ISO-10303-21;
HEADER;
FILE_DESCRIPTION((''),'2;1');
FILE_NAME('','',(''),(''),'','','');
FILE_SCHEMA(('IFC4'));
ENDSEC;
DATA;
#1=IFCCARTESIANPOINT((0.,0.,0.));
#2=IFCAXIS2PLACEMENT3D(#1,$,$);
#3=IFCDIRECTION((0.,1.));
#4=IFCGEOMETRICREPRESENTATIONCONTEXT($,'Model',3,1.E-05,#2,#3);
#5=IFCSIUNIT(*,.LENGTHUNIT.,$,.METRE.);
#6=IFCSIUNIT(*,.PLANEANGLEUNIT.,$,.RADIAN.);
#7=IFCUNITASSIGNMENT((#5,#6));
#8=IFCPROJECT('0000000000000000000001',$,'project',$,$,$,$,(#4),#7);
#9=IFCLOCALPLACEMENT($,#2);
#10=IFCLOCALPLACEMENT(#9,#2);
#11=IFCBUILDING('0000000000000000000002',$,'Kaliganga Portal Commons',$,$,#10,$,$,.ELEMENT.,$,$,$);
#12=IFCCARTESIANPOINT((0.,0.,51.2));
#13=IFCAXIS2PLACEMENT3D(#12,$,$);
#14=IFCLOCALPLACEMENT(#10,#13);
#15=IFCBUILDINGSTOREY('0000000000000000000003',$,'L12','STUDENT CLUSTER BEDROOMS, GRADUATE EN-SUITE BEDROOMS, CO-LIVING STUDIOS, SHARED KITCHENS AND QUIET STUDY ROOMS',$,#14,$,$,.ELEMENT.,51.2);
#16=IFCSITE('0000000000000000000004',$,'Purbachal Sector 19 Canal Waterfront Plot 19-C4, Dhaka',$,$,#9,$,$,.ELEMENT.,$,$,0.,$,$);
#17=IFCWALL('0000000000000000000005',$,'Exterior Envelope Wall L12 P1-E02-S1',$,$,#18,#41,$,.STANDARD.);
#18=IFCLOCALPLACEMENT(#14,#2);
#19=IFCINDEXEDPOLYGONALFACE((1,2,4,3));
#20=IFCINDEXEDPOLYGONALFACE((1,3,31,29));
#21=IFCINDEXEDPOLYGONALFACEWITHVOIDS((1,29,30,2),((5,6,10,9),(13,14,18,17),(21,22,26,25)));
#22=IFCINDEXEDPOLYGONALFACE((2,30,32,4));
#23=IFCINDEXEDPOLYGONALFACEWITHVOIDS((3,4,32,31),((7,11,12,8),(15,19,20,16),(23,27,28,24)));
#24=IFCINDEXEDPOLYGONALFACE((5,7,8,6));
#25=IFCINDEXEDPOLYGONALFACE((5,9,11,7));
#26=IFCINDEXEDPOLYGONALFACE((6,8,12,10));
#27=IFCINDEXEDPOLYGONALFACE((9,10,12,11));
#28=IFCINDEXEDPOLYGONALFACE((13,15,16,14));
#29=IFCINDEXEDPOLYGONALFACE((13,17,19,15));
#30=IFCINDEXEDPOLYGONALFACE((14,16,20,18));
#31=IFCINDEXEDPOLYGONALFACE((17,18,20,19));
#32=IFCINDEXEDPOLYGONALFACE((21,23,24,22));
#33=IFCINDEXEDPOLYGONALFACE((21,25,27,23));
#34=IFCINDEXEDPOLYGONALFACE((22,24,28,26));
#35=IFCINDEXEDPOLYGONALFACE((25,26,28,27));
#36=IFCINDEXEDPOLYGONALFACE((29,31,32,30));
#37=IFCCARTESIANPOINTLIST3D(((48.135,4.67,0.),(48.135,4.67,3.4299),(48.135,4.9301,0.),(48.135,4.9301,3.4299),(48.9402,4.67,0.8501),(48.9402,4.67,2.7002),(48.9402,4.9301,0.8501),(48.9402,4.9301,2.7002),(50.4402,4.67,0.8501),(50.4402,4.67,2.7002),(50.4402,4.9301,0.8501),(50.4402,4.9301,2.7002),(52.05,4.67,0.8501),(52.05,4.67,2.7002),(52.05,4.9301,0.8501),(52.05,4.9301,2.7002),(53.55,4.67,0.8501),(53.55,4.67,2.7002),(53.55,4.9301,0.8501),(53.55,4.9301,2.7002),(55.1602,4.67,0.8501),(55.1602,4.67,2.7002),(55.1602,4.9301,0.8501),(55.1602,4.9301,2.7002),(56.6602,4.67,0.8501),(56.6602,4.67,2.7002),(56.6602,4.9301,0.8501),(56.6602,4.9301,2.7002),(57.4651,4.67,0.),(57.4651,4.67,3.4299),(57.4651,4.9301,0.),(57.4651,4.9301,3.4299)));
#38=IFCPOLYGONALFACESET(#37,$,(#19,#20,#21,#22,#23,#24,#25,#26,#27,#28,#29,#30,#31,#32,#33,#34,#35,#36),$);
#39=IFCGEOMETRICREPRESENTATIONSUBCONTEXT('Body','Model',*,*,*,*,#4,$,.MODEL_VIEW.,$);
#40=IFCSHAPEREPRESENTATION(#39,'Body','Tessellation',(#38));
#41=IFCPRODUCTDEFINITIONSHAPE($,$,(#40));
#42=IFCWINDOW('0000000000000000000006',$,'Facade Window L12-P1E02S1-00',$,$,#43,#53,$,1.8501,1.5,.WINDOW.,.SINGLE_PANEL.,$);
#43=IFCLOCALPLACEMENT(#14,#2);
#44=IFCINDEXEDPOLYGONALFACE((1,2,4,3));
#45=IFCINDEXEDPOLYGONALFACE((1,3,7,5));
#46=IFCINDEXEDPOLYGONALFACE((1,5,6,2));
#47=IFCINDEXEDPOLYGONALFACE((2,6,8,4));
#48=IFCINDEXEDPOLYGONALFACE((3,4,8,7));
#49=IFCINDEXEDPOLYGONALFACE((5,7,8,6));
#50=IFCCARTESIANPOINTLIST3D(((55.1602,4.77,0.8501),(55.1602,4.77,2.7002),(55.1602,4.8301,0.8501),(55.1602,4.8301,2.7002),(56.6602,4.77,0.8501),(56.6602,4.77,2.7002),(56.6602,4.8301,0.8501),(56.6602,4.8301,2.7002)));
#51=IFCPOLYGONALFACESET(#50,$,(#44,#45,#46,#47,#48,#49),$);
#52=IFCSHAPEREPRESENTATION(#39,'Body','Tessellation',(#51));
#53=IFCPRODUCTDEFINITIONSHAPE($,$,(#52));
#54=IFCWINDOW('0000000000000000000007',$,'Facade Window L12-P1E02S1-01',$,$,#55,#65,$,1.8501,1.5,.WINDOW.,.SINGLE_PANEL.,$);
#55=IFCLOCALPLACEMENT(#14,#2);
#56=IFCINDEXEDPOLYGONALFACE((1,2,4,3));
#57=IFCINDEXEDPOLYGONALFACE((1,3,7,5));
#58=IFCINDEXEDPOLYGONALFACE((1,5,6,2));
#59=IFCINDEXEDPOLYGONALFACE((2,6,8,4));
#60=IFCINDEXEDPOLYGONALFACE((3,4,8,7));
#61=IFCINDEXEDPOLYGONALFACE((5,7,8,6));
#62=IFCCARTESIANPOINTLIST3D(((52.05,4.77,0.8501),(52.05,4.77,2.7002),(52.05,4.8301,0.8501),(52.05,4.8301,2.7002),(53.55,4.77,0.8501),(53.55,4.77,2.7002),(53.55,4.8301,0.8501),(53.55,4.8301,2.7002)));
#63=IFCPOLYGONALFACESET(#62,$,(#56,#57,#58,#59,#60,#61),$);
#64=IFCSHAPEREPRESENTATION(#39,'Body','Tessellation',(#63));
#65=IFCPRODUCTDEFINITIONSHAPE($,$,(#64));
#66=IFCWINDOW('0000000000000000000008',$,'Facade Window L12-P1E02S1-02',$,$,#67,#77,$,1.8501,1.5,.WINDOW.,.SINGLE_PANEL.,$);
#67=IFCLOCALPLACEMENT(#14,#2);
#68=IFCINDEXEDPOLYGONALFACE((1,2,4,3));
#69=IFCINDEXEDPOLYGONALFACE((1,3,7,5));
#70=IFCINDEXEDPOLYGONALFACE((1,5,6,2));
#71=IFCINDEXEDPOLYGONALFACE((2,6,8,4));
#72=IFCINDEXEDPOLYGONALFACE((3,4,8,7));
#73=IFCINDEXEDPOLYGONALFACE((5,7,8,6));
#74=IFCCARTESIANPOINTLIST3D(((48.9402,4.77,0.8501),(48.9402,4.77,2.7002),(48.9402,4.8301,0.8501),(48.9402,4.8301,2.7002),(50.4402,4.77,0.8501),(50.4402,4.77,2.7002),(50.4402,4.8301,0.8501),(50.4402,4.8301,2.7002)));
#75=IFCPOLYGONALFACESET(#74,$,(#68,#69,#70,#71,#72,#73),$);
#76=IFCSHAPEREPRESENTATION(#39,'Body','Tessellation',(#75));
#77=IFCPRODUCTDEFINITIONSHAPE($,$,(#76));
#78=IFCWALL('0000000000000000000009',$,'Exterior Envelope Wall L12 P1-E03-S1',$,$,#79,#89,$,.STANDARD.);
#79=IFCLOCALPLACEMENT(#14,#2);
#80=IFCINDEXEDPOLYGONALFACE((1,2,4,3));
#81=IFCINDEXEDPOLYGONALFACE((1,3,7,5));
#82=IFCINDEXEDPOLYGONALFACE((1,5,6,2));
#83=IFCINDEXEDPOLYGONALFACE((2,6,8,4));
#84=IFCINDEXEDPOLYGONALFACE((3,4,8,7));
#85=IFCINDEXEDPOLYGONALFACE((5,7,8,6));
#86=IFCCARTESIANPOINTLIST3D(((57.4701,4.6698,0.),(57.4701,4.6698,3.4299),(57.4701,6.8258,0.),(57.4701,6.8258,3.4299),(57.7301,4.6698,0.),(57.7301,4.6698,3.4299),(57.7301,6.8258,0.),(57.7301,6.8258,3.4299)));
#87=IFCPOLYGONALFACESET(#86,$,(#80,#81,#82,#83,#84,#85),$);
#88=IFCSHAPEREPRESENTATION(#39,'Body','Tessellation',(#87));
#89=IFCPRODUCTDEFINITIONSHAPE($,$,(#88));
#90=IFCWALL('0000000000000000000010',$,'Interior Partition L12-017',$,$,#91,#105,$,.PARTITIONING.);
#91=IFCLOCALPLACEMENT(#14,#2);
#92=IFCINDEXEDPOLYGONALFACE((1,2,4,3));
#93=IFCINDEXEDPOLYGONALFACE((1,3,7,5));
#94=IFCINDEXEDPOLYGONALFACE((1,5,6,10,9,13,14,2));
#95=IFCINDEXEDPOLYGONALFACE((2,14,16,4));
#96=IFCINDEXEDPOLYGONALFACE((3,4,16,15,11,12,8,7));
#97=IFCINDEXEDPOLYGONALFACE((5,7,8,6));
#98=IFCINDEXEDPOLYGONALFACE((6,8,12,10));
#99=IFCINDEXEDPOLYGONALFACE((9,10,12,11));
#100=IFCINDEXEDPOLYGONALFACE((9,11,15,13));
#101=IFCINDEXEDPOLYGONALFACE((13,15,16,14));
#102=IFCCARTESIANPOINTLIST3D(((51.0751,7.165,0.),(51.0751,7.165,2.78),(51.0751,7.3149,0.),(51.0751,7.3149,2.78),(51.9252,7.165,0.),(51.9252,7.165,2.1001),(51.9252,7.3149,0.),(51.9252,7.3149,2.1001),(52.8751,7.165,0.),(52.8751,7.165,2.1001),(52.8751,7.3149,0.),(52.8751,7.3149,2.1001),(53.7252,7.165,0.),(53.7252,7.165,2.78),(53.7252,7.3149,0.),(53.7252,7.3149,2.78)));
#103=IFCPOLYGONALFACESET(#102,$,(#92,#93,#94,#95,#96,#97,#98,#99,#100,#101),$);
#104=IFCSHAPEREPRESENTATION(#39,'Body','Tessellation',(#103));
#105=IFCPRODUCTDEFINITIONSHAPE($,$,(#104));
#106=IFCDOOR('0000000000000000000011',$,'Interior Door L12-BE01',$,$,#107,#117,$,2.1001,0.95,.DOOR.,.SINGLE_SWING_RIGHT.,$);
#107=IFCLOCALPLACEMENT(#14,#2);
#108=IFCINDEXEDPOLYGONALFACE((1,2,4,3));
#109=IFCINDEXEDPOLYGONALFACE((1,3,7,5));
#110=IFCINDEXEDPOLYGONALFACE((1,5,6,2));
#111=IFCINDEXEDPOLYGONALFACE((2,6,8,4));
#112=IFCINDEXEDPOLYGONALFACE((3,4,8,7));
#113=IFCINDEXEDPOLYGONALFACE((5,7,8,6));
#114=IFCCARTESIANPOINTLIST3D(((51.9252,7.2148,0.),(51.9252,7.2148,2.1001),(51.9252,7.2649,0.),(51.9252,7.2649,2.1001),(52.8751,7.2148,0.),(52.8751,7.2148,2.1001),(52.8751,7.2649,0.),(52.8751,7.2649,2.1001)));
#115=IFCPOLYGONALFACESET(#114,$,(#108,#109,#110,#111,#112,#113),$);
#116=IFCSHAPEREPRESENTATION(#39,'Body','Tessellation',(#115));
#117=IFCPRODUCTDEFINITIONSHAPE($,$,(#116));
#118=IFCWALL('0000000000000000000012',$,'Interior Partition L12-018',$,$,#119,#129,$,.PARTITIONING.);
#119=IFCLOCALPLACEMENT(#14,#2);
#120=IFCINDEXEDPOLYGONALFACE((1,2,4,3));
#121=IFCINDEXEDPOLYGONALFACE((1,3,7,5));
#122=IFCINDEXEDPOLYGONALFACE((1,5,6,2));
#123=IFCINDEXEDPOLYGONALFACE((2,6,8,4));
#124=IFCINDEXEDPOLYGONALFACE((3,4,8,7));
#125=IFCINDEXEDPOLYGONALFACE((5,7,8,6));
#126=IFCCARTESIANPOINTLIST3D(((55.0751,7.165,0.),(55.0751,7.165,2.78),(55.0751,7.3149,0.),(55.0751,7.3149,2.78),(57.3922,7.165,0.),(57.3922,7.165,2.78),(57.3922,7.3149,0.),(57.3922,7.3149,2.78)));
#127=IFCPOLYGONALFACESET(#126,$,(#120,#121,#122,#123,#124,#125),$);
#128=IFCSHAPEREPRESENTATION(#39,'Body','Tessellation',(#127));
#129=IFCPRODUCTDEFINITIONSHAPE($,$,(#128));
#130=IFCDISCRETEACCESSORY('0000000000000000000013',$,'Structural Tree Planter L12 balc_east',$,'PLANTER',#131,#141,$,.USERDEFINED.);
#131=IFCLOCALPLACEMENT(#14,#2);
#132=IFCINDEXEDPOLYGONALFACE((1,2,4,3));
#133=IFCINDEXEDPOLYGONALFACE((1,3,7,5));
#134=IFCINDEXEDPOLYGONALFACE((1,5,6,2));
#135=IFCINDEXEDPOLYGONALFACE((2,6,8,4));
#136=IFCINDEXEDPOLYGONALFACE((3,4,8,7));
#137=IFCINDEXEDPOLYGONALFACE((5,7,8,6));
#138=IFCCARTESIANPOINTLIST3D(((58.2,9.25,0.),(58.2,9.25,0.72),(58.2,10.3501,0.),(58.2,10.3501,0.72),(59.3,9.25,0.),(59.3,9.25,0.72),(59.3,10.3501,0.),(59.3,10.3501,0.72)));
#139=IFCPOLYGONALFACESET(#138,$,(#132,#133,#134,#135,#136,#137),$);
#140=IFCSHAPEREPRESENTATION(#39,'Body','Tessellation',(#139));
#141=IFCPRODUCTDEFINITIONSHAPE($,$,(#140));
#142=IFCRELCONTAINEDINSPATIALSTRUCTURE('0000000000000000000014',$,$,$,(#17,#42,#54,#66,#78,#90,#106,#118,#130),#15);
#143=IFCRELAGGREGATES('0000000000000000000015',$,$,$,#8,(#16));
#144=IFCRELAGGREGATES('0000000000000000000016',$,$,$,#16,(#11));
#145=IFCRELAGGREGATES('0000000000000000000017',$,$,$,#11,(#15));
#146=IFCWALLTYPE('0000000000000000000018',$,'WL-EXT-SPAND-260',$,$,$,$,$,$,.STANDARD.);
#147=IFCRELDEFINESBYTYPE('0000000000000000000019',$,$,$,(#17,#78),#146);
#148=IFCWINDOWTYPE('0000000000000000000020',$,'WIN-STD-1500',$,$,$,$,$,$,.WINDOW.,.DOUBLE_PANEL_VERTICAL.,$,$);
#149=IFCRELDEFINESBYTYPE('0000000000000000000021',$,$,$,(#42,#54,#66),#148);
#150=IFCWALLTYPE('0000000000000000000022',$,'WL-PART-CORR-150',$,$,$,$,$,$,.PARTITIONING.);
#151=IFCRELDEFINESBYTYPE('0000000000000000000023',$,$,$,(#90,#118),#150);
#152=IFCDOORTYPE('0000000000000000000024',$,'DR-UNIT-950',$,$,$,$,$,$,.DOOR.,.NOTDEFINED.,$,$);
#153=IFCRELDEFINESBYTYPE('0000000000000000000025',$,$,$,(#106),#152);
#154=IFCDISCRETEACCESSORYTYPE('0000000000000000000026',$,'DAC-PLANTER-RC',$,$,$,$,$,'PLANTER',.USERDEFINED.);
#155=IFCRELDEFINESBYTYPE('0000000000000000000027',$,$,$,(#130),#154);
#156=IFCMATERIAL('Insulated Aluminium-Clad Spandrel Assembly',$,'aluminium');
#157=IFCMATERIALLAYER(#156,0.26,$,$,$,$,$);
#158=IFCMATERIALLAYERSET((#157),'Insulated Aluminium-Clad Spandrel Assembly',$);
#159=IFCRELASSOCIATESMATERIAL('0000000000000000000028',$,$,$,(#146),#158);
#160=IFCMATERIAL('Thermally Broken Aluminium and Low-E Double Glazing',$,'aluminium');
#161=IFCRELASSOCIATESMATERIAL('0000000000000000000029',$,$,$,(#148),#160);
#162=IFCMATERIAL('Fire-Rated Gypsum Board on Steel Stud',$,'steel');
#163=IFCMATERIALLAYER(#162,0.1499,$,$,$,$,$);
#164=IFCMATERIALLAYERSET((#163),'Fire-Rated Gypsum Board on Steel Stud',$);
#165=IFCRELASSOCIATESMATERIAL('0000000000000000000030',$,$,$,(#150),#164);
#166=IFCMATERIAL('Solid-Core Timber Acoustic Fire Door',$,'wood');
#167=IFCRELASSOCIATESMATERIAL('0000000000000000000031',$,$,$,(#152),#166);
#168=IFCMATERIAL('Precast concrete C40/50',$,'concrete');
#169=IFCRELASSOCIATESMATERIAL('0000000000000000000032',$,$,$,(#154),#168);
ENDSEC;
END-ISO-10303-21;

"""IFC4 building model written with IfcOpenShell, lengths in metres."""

from ifc_helpers import new_model, si_unit, direction, frame, frame_2d, origin, origin_2d, place, context, subcontext, project, spatial, rectangle, extrude, source, transform, mapped, material, layer, layer_set, type_object, element, fill, save


model = new_model("IFC4")

# Units and contexts
model_context = context("Model", 3, precision=1e-05, world=origin(), true_north=direction((0.0, 1.0)))
body_context = subcontext(model_context, "Body", "Model", "MODEL_VIEW")
ifc_project = project(units=[si_unit("LENGTHUNIT", "METRE"), si_unit("PLANEANGLEUNIT", "RADIAN")], contexts=[model_context])

# Site, building, storey
site_placement = place(None, origin())
site = spatial("IfcSite", under=ifc_project, at=site_placement, Name="Purbachal Sector 19 Canal Waterfront Plot 19-C4, Dhaka", CompositionType="ELEMENT", RefElevation=0.0)
building_placement = place(site_placement, origin())
building = spatial("IfcBuilding", under=site, at=building_placement, Name="Kaliganga Portal Commons", CompositionType="ELEMENT")
storey_placement = place(building_placement, frame((0.0, 0.0, 51.2)))
storey = spatial("IfcBuildingStorey", under=building, at=storey_placement, Name="L12", Description="STUDENT CLUSTER BEDROOMS, GRADUATE EN-SUITE BEDROOMS, CO-LIVING STUDIOS, SHARED KITCHENS AND QUIET STUDY ROOMS", CompositionType="ELEMENT", Elevation=51.2)

# Wall, openings, windows
ifc_material_1 = material(Name="Insulated Aluminium-Clad Spandrel Assembly", Category="aluminium")
ifc_layer_1 = layer(ifc_material_1, 0.26)
ifc_layer_set_1 = layer_set([ifc_layer_1], Name="Insulated Aluminium-Clad Spandrel Assembly")
wall_type_1 = type_object("IfcWallType", Name="WL-EXT-SPAND-260", PredefinedType="STANDARD", material=ifc_layer_set_1)
wall_1_placement = place(storey_placement, frame((57.4651, 4.8, 0.0), z_axis=(0.0, 0.0, 1.0), x_axis=(-1.0, 0.0, 0.0)))
wall_1 = element("IfcWall", 1, at=wall_1_placement, inside=storey, type_object=wall_type_1, Name="Exterior Envelope Wall L12 P1-E02-S1", PredefinedType="STANDARD", context=body_context, shape_type="SweptSolid", body=[
    extrude(rectangle(XDim=9.3301, YDim=0.26, at=frame_2d((4.665, 0.0))), origin(), (0.0, 0.0, 1.0), 3.4299),
])
opening_1_placement = place(wall_1_placement, frame((0.8049, 0.0, 0.8501)))
opening_1 = element("IfcOpeningElement", 2, at=opening_1_placement, cuts=wall_1, PredefinedType="OPENING", context=body_context, shape_type="SweptSolid", body=[
    extrude(rectangle(XDim=1.5, YDim=1.8501, at=frame_2d((0.75, 0.925))), frame((0.0, 0.1401, 0.0), z_axis=(0.0, -1.0, 0.0), x_axis=(1.0, 0.0, 0.0)), (0.0, 0.0, 1.0), 0.28),
])
opening_2_placement = place(wall_1_placement, frame((3.915, 0.0, 0.8501)))
opening_2 = element("IfcOpeningElement", 3, at=opening_2_placement, cuts=wall_1, PredefinedType="OPENING", context=body_context, shape_type="SweptSolid", body=[
    extrude(rectangle(XDim=1.5, YDim=1.8501, at=frame_2d((0.75, 0.925))), frame((0.0, 0.1401, 0.0), z_axis=(0.0, -1.0, 0.0), x_axis=(1.0, 0.0, 0.0)), (0.0, 0.0, 1.0), 0.28),
])
opening_3_placement = place(wall_1_placement, frame((7.0249, 0.0, 0.8501)))
opening_3 = element("IfcOpeningElement", 4, at=opening_3_placement, cuts=wall_1, PredefinedType="OPENING", context=body_context, shape_type="SweptSolid", body=[
    extrude(rectangle(XDim=1.5, YDim=1.8501, at=frame_2d((0.75, 0.925))), frame((0.0, 0.1401, 0.0), z_axis=(0.0, -1.0, 0.0), x_axis=(1.0, 0.0, 0.0)), (0.0, 0.0, 1.0), 0.28),
])
ifc_material_2 = material(Name="Thermally Broken Aluminium and Low-E Double Glazing", Category="aluminium")
window_type = type_object("IfcWindowType", Name="WIN-STD-1500", PartitioningType="DOUBLE_PANEL_VERTICAL", PredefinedType="WINDOW", material=ifc_material_2)
window_1_placement = place(opening_1_placement, origin())
window_1 = element("IfcWindow", 5, at=window_1_placement, inside=storey, type_object=window_type, Name="Facade Window L12-P1E02S1-00", OverallHeight=1.8501, OverallWidth=1.5, PartitioningType="SINGLE_PANEL", PredefinedType="WINDOW", context=body_context, shape_type="SweptSolid", body=[
    extrude(rectangle(XDim=1.5, YDim=1.8501, at=frame_2d((0.75, 0.925))), frame((0.0, 0.03, 0.0), z_axis=(0.0, -1.0, 0.0), x_axis=(1.0, 0.0, 0.0)), (0.0, 0.0, 1.0), 0.0601),
])
fill(opening_1, window_1)
window_2_placement = place(opening_2_placement, origin())
window_2 = element("IfcWindow", 6, at=window_2_placement, inside=storey, type_object=window_type, Name="Facade Window L12-P1E02S1-01", OverallHeight=1.8501, OverallWidth=1.5, PartitioningType="SINGLE_PANEL", PredefinedType="WINDOW", context=body_context, shape_type="SweptSolid", body=[
    extrude(rectangle(XDim=1.5, YDim=1.8501, at=frame_2d((0.75, 0.925))), frame((0.0, 0.03, 0.0), z_axis=(0.0, -1.0, 0.0), x_axis=(1.0, 0.0, 0.0)), (0.0, 0.0, 1.0), 0.0601),
])
fill(opening_2, window_2)
window_3_placement = place(opening_3_placement, origin())
window_3 = element("IfcWindow", 7, at=window_3_placement, inside=storey, type_object=window_type, Name="Facade Window L12-P1E02S1-02", OverallHeight=1.8501, OverallWidth=1.5, PartitioningType="SINGLE_PANEL", PredefinedType="WINDOW", context=body_context, shape_type="SweptSolid", body=[
    extrude(rectangle(XDim=1.5, YDim=1.8501, at=frame_2d((0.75, 0.925))), frame((0.0, 0.03, 0.0), z_axis=(0.0, -1.0, 0.0), x_axis=(1.0, 0.0, 0.0)), (0.0, 0.0, 1.0), 0.0601),
])
fill(opening_3, window_3)

# Wall
wall_2_placement = place(storey_placement, frame((57.6001, 6.8259, 0.0), z_axis=(0.0, 0.0, 1.0), x_axis=(0.0, -1.0, 0.0)))
element("IfcWall", 8, at=wall_2_placement, inside=storey, type_object=wall_type_1, Name="Exterior Envelope Wall L12 P1-E03-S1", PredefinedType="STANDARD", context=body_context, shape_type="SweptSolid", body=[
    extrude(rectangle(XDim=2.156, YDim=0.26, at=frame_2d((1.0781, 0.0))), origin(), (0.0, 0.0, 1.0), 3.4299),
])

# Wall, opening, door
ifc_material_3 = material(Name="Fire-Rated Gypsum Board on Steel Stud", Category="steel")
ifc_layer_2 = layer(ifc_material_3, 0.1499)
ifc_layer_set_2 = layer_set([ifc_layer_2], Name="Fire-Rated Gypsum Board on Steel Stud")
wall_type_2 = type_object("IfcWallType", Name="WL-PART-CORR-150", PredefinedType="PARTITIONING", material=ifc_layer_set_2)
wall_3_placement = place(storey_placement, frame((51.075, 7.24, 0.0), z_axis=(0.0, 0.0, 1.0), x_axis=(1.0, 0.0, 0.0)))
wall_3 = element("IfcWall", 9, at=wall_3_placement, inside=storey, type_object=wall_type_2, Name="Interior Partition L12-017", PredefinedType="PARTITIONING", context=body_context, shape_type="SweptSolid", body=[
    extrude(rectangle(XDim=2.6501, YDim=0.1499, at=frame_2d((1.3252, 0.0))), origin(), (0.0, 0.0, 1.0), 2.78),
])
opening_4_placement = place(wall_3_placement, frame((0.8501, 0.0, 0.0)))
opening_4 = element("IfcOpeningElement", 10, at=opening_4_placement, cuts=wall_3, PredefinedType="OPENING", context=body_context, shape_type="SweptSolid", body=[
    extrude(rectangle(XDim=0.95, YDim=2.1001, at=frame_2d((0.4751, 1.05))), frame((0.0, 0.085, 0.0), z_axis=(0.0, -1.0, 0.0), x_axis=(1.0, 0.0, 0.0)), (0.0, 0.0, 1.0), 0.1699),
])
ifc_material_4 = material(Name="Solid-Core Timber Acoustic Fire Door", Category="wood")
door_type = type_object("IfcDoorType", Name="DR-UNIT-950", OperationType="NOTDEFINED", PredefinedType="DOOR", material=ifc_material_4)
door_placement = place(opening_4_placement, origin())
door = element("IfcDoor", 11, at=door_placement, inside=storey, type_object=door_type, Name="Interior Door L12-BE01", OperationType="SINGLE_SWING_RIGHT", OverallHeight=2.1001, OverallWidth=0.95, PredefinedType="DOOR", context=body_context, shape_type="SweptSolid", body=[
    extrude(rectangle(XDim=0.95, YDim=2.1001, at=frame_2d((0.4751, 1.05))), frame((0.0, 0.0249, 0.0), z_axis=(0.0, -1.0, 0.0), x_axis=(1.0, 0.0, 0.0)), (0.0, 0.0, 1.0), 0.05),
])
fill(opening_4, door)

# Wall
wall_4_placement = place(storey_placement, frame((55.075, 7.24, 0.0), z_axis=(0.0, 0.0, 1.0), x_axis=(1.0, 0.0, 0.0)))
element("IfcWall", 12, at=wall_4_placement, inside=storey, type_object=wall_type_2, Name="Interior Partition L12-018", PredefinedType="PARTITIONING", context=body_context, shape_type="SweptSolid", body=[
    extrude(rectangle(XDim=2.3171, YDim=0.1499, at=frame_2d((1.1587, 0.0))), origin(), (0.0, 0.0, 1.0), 2.78),
])

# Discrete accessory
ifc_material_5 = material(Name="Precast concrete C40/50", Category="concrete")
discrete_accessory_type = type_object("IfcDiscreteAccessoryType", Name="DAC-PLANTER-RC", ElementType="PLANTER", PredefinedType="USERDEFINED", material=ifc_material_5)
shared_shape_1 = source(origin(), body_context, "Body", "SweptSolid", [
    extrude(rectangle(XDim=1.1001, YDim=1.1001, at=origin_2d()), origin(), (0.0, 0.0, 1.0), 0.72),
])
discrete_accessory_placement = place(storey_placement, frame((58.75, 9.8, 0.0), z_axis=(0.0, 0.0, 1.0), x_axis=(1.0, 0.0, 0.0)))
element("IfcDiscreteAccessory", 13, at=discrete_accessory_placement, inside=storey, type_object=discrete_accessory_type, Name="Structural Tree Planter L12 balc_east", ObjectType="PLANTER", PredefinedType="USERDEFINED", context=body_context, shape_type="MappedRepresentation", body=[
    mapped(shared_shape_1, transform((0.0, 0.0, 0.0), x_axis=(1.0, 0.0, 0.0), y_axis=(0.0, 1.0, 0.0), z_axis=(0.0, 0.0, 1.0), scale=1.0)),
])

save(model, "model.ifc")
